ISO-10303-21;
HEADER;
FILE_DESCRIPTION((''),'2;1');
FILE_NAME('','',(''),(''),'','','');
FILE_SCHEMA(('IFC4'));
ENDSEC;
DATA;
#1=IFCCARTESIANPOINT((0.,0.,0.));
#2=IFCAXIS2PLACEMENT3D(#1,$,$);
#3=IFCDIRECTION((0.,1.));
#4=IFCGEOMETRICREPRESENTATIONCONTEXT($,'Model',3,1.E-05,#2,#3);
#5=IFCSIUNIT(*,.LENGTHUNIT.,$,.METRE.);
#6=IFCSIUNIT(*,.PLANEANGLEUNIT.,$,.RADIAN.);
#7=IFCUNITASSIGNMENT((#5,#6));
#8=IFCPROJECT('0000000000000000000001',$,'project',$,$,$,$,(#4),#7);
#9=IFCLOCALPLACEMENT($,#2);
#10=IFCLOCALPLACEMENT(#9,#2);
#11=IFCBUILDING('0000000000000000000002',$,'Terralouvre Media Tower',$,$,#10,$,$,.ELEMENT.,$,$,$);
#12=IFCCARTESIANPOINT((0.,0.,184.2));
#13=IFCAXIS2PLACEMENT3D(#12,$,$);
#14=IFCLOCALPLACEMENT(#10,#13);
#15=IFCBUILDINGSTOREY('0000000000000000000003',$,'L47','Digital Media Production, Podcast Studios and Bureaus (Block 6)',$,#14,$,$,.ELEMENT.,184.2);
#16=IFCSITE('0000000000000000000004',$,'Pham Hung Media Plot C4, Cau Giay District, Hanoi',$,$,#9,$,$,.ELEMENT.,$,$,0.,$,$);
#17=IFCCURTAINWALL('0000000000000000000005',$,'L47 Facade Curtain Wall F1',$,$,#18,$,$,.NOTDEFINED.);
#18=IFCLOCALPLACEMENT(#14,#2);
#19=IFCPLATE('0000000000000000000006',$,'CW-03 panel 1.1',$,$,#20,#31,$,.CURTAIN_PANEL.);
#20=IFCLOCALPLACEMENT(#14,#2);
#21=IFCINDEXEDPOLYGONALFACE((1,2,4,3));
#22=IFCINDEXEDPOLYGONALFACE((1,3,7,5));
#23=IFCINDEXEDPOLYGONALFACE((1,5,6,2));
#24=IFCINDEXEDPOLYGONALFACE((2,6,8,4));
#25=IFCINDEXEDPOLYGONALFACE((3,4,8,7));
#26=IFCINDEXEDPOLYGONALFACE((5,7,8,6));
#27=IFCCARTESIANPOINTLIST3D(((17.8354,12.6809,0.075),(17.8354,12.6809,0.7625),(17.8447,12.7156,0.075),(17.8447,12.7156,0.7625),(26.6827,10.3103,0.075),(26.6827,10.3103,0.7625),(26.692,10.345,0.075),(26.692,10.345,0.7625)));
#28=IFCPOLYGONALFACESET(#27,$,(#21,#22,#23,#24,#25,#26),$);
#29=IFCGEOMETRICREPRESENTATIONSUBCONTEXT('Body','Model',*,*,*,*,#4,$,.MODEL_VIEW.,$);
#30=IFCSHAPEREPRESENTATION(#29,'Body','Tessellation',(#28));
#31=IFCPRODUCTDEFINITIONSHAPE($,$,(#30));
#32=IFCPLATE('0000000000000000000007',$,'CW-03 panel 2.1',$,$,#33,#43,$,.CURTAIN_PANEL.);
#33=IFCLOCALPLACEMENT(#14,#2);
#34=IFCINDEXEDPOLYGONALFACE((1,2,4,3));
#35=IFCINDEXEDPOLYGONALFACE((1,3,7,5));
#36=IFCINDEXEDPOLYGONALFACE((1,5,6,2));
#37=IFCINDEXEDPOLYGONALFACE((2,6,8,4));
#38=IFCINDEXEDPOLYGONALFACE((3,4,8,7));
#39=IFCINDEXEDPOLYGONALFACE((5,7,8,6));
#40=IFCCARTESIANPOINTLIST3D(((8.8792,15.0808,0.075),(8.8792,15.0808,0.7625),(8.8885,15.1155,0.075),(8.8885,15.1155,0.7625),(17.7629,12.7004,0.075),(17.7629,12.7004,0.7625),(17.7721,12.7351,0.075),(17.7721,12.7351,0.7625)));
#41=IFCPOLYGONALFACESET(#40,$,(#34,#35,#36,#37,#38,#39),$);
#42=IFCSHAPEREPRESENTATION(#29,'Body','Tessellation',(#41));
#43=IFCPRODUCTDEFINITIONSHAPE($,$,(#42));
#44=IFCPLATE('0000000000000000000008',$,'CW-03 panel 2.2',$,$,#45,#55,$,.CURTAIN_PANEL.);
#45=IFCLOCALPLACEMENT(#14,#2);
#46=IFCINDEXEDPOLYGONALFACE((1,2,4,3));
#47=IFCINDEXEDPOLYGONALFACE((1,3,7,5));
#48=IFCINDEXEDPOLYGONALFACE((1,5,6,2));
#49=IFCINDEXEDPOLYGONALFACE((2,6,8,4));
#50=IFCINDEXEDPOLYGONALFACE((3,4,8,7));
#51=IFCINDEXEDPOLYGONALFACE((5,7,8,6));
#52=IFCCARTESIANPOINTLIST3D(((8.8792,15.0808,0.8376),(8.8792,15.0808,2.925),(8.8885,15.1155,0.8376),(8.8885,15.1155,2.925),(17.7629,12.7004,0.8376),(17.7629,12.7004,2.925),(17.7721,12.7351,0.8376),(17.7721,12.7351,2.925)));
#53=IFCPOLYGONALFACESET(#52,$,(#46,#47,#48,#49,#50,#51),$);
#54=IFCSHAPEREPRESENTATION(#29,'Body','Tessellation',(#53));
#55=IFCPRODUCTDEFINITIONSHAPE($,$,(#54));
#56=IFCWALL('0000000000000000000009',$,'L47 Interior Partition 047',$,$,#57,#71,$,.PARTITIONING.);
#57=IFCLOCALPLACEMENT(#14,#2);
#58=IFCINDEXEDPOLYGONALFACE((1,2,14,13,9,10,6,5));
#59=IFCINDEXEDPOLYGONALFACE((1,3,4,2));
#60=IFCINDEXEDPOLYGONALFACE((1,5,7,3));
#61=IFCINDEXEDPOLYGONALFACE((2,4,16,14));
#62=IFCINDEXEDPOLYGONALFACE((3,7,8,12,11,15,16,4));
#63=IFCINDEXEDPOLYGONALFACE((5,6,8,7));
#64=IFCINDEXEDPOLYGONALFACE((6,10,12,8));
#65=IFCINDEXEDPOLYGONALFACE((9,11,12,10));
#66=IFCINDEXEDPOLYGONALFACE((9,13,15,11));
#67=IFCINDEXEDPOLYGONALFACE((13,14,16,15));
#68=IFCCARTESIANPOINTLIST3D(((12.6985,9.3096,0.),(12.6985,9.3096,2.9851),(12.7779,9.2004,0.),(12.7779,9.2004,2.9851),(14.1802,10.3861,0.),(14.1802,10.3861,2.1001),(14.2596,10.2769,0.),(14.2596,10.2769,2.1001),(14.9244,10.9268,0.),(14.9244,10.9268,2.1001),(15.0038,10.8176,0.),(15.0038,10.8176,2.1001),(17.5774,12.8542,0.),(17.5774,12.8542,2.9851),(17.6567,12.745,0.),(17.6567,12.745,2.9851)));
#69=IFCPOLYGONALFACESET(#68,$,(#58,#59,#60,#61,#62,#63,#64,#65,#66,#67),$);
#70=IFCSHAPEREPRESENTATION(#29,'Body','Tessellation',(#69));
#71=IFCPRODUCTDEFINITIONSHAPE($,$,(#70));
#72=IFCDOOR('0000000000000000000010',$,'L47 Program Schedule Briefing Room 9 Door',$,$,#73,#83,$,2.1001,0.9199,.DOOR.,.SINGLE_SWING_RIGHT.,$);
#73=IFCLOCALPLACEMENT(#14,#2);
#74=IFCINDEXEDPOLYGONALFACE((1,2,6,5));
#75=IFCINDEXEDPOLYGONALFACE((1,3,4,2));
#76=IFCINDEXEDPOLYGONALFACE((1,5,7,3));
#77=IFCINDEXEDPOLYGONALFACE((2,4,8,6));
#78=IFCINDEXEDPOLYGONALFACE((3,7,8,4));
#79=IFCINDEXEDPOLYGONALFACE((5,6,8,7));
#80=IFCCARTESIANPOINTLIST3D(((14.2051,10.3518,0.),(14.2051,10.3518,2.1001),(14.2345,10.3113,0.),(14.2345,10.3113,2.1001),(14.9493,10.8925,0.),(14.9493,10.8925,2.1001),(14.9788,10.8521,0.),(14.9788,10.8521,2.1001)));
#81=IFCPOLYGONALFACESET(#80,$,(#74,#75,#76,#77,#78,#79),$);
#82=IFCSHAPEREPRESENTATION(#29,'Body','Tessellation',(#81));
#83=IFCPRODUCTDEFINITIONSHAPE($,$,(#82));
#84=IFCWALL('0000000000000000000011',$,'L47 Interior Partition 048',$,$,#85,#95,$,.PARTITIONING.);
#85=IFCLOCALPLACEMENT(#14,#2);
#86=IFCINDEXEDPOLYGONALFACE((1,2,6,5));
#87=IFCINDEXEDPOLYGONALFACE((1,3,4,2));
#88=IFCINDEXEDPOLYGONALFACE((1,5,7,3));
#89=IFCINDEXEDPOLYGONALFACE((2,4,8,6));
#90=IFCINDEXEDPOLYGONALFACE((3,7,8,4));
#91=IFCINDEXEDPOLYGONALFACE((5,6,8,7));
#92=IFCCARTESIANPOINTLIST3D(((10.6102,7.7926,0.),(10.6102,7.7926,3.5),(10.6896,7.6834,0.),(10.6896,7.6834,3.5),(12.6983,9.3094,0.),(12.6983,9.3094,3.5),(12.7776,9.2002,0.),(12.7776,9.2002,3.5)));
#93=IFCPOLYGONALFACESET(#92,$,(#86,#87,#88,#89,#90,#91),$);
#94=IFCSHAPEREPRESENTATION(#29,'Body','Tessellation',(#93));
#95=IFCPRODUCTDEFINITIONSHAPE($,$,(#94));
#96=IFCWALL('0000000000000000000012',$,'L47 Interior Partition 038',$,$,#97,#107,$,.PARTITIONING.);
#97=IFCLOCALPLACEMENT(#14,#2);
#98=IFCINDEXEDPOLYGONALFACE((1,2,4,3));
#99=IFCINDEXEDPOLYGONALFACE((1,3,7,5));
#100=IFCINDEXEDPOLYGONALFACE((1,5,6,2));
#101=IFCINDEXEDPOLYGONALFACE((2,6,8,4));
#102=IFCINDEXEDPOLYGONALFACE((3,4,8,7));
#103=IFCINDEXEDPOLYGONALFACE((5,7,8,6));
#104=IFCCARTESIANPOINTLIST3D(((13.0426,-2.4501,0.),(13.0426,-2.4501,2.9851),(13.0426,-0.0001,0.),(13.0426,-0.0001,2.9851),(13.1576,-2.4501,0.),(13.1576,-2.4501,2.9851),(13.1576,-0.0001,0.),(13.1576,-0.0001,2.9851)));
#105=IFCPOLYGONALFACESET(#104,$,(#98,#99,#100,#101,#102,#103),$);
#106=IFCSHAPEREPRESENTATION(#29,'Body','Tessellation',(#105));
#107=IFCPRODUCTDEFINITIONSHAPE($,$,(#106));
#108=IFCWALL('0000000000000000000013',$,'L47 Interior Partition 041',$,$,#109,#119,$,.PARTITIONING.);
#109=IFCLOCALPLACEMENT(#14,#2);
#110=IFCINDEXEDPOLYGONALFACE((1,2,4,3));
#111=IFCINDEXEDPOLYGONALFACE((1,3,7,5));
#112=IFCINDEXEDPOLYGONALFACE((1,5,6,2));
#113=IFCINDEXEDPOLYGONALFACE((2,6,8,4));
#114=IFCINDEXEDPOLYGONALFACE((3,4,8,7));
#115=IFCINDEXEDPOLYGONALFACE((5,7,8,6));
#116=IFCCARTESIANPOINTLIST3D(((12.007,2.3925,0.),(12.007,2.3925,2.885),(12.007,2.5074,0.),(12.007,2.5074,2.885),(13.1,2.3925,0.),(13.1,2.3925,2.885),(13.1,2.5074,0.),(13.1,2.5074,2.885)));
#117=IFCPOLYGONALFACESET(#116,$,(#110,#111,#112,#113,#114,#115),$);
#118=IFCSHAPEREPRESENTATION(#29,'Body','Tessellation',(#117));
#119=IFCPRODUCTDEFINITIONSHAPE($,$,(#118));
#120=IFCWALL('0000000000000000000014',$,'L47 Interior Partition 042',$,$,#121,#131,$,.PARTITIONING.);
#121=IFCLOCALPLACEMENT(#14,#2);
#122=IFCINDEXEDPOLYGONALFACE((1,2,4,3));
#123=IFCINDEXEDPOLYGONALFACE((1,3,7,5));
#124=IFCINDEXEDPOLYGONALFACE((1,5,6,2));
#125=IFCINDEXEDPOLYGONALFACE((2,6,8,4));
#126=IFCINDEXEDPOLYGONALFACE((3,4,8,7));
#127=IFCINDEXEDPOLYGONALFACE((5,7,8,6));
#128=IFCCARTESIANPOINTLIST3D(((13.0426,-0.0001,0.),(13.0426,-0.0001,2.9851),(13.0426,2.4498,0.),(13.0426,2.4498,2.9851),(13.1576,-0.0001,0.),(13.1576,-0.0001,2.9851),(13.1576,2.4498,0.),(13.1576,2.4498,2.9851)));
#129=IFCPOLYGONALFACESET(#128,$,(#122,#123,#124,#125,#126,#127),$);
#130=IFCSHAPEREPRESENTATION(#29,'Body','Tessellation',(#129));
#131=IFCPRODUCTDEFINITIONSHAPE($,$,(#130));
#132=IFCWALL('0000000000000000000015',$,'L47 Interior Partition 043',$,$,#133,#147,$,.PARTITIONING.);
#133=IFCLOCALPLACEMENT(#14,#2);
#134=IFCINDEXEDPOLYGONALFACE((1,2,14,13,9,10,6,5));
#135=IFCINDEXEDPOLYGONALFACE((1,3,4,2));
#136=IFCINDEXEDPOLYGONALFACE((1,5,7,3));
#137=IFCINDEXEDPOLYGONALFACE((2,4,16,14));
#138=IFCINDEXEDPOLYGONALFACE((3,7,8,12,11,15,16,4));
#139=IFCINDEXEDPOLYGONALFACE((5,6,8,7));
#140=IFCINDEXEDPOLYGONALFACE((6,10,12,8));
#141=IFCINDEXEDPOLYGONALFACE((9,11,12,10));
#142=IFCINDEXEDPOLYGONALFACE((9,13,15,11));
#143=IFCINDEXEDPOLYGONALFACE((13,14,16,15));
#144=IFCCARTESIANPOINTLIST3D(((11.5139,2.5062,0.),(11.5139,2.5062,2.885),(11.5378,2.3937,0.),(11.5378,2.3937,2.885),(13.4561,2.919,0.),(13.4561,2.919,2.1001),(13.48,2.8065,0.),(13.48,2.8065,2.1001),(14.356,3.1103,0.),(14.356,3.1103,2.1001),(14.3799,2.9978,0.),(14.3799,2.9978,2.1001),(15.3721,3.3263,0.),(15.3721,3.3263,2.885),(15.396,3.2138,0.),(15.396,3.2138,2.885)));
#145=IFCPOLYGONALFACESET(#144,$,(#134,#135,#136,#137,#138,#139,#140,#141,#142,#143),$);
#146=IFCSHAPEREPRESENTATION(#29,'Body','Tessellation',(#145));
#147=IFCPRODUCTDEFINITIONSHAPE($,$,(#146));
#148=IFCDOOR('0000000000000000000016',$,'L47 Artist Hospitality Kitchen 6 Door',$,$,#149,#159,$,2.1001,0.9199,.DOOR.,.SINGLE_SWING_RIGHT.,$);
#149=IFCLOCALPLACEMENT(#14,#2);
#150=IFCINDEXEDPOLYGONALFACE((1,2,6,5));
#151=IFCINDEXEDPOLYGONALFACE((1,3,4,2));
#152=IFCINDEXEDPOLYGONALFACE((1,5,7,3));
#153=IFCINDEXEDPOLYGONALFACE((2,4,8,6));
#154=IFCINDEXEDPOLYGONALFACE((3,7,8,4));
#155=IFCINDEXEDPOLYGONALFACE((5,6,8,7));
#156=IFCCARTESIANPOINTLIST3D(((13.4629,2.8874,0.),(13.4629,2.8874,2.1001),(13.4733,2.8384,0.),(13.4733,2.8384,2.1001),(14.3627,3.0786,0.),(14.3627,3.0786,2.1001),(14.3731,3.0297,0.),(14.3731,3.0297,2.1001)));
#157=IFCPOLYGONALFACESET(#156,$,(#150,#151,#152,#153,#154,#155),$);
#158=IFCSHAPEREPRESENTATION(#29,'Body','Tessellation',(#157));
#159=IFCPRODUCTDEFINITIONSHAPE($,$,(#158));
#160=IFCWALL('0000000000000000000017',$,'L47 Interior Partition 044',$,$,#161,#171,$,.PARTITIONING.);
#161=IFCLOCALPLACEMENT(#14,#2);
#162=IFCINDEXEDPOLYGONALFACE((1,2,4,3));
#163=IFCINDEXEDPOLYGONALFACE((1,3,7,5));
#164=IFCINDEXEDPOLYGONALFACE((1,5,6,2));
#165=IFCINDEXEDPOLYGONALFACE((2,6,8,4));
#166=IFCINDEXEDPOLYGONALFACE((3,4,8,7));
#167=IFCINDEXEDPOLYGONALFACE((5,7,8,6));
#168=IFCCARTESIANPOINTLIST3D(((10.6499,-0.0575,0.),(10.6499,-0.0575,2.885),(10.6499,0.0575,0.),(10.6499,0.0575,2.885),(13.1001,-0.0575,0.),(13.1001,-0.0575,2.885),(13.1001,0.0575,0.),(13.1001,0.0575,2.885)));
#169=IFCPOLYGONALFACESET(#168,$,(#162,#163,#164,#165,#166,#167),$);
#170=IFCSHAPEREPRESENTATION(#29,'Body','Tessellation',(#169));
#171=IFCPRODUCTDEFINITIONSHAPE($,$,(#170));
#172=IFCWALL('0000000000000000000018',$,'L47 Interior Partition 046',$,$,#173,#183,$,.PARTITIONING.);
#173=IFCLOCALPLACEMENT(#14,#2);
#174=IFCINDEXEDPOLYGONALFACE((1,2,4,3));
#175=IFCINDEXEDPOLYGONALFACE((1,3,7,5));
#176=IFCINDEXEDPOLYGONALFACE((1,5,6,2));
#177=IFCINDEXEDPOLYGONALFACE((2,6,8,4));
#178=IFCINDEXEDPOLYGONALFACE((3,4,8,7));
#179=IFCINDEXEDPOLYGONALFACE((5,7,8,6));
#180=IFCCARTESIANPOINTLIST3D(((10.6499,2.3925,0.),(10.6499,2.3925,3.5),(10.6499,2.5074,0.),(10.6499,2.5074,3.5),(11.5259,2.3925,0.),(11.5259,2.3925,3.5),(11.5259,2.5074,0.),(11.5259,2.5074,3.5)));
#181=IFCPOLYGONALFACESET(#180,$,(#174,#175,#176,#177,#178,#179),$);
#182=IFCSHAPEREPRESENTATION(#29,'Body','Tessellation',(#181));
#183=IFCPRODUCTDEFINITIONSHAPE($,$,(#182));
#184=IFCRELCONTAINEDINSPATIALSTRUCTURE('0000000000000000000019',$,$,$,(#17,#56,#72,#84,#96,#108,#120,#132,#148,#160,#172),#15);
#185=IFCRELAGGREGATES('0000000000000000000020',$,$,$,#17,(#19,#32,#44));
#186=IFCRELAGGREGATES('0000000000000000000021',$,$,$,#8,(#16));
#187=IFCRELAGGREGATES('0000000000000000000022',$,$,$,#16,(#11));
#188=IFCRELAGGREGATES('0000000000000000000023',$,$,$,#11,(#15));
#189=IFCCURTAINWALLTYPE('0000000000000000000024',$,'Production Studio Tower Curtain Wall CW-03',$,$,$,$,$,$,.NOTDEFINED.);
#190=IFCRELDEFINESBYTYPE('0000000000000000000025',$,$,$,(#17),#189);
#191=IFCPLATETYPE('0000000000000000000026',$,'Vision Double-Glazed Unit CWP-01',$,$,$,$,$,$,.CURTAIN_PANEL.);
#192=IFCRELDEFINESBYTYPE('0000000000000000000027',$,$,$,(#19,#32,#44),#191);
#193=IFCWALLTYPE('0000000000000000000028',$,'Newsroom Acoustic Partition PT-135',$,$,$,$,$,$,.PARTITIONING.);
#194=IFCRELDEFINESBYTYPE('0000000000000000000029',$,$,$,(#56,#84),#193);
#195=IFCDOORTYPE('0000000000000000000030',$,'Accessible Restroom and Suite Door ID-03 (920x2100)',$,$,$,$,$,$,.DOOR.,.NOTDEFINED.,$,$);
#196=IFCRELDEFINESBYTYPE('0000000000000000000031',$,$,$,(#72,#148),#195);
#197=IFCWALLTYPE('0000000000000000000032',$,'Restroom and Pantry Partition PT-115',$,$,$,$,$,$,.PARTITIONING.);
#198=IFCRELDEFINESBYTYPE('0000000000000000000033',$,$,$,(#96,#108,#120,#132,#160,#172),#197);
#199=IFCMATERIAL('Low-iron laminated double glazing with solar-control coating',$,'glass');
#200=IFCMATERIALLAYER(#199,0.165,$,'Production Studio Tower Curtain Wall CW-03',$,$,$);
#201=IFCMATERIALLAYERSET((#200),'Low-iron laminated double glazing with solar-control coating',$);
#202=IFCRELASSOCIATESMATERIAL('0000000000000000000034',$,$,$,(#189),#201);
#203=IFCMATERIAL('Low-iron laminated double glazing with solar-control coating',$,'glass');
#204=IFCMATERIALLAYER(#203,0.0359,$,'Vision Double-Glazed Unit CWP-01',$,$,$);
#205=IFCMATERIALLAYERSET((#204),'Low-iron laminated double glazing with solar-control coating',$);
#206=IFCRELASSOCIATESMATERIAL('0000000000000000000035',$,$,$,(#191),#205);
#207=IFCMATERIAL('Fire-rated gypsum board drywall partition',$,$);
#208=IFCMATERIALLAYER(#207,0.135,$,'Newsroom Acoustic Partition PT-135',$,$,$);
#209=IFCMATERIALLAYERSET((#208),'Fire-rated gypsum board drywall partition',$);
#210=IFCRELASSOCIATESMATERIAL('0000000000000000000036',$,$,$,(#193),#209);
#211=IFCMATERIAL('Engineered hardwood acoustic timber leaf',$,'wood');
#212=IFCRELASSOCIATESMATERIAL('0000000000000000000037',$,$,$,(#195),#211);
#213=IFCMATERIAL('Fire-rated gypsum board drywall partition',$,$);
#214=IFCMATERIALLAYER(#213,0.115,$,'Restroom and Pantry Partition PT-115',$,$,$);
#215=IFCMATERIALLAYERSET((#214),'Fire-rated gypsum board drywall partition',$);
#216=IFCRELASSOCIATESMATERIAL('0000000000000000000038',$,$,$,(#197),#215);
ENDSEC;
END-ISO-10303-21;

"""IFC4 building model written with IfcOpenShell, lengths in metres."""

from ifc_helpers import new_model, si_unit, direction, frame, frame_2d, origin, origin_2d, place, context, subcontext, project, spatial, rectangle, extrude, material, layer, layer_set, type_object, element, fill, aggregate, save


model = new_model("IFC4")

# Units and contexts
model_context = context("Model", 3, precision=1e-05, world=origin(), true_north=direction((0.0, 1.0)))
body_context = subcontext(model_context, "Body", "Model", "MODEL_VIEW")
ifc_project = project(units=[si_unit("LENGTHUNIT", "METRE"), si_unit("PLANEANGLEUNIT", "RADIAN")], contexts=[model_context])

# Site, building, storey
site_placement = place(None, origin())
site = spatial("IfcSite", under=ifc_project, at=site_placement, Name="Pham Hung Media Plot C4, Cau Giay District, Hanoi", CompositionType="ELEMENT", RefElevation=0.0)
building_placement = place(site_placement, origin())
building = spatial("IfcBuilding", under=site, at=building_placement, Name="Terralouvre Media Tower", CompositionType="ELEMENT")
storey_placement = place(building_placement, frame((0.0, 0.0, 184.2)))
storey = spatial("IfcBuildingStorey", under=building, at=storey_placement, Name="L47", Description="Digital Media Production, Podcast Studios and Bureaus (Block 6)", CompositionType="ELEMENT", Elevation=184.2)

# Curtain wall
ifc_material_1 = material(Name="Low-iron laminated double glazing with solar-control coating", Category="glass")
ifc_layer_1 = layer(ifc_material_1, 0.165, Name="Production Studio Tower Curtain Wall CW-03")
ifc_layer_set_1 = layer_set([ifc_layer_1], Name="Low-iron laminated double glazing with solar-control coating")
curtain_wall_type = type_object("IfcCurtainWallType", Name="Production Studio Tower Curtain Wall CW-03", PredefinedType="NOTDEFINED", material=ifc_layer_set_1)
curtain_wall_placement = place(storey_placement, origin())
curtain_wall = element("IfcCurtainWall", 1, at=curtain_wall_placement, inside=storey, type_object=curtain_wall_type, Name="L47 Facade Curtain Wall F1", PredefinedType="NOTDEFINED")

# Plates
ifc_material_2 = material(Name="Low-iron laminated double glazing with solar-control coating", Category="glass")
ifc_layer_2 = layer(ifc_material_2, 0.0359, Name="Vision Double-Glazed Unit CWP-01")
ifc_layer_set_2 = layer_set([ifc_layer_2], Name="Low-iron laminated double glazing with solar-control coating")
plate_type = type_object("IfcPlateType", Name="Vision Double-Glazed Unit CWP-01", PredefinedType="CURTAIN_PANEL", material=ifc_layer_set_2)
plate_1_placement = place(storey_placement, frame((22.2637, 11.5129, 0.075), z_axis=(0.0, 0.0, 1.0), x_axis=(-0.965926, 0.258819, 0.0)))
plate_1 = element("IfcPlate", 2, at=plate_1_placement, type_object=plate_type, Name="CW-03 panel 1.1", PredefinedType="CURTAIN_PANEL", context=body_context, shape_type="SweptSolid", body=[
    extrude(rectangle(XDim=9.1594, YDim=0.0359, at=origin_2d()), origin(), (0.0, 0.0, 1.0), 0.6875),
])
plate_2_placement = place(storey_placement, frame((13.3257, 13.908, 0.075), z_axis=(0.0, 0.0, 1.0), x_axis=(-0.965926, 0.258819, 0.0)))
plate_2 = element("IfcPlate", 3, at=plate_2_placement, type_object=plate_type, Name="CW-03 panel 2.1", PredefinedType="CURTAIN_PANEL", context=body_context, shape_type="SweptSolid", body=[
    extrude(rectangle(XDim=9.197, YDim=0.0359, at=origin_2d()), origin(), (0.0, 0.0, 1.0), 0.6875),
])
plate_3_placement = place(storey_placement, frame((13.3257, 13.908, 0.8376), z_axis=(0.0, 0.0, 1.0), x_axis=(-0.965926, 0.258819, 0.0)))
plate_3 = element("IfcPlate", 4, at=plate_3_placement, type_object=plate_type, Name="CW-03 panel 2.2", PredefinedType="CURTAIN_PANEL", context=body_context, shape_type="SweptSolid", body=[
    extrude(rectangle(XDim=9.197, YDim=0.0359, at=origin_2d()), origin(), (0.0, 0.0, 1.0), 2.0874),
])
aggregate(curtain_wall, [plate_1, plate_2, plate_3])

# Wall, opening, door
ifc_material_3 = material(Name="Fire-rated gypsum board drywall partition")
ifc_layer_3 = layer(ifc_material_3, 0.135, Name="Newsroom Acoustic Partition PT-135")
ifc_layer_set_3 = layer_set([ifc_layer_3], Name="Fire-rated gypsum board drywall partition")
wall_type_1 = type_object("IfcWallType", Name="Newsroom Acoustic Partition PT-135", PredefinedType="PARTITIONING", material=ifc_layer_set_3)
wall_1_placement = place(storey_placement, frame((17.6169, 12.7996, 0.0), z_axis=(0.0, 0.0, 1.0), x_axis=(-0.809021, -0.587779, 0.0)))
wall_1 = element("IfcWall", 5, at=wall_1_placement, inside=storey, type_object=wall_type_1, Name="L47 Interior Partition 047", PredefinedType="PARTITIONING", context=body_context, shape_type="SweptSolid", body=[
    extrude(rectangle(XDim=6.0305, YDim=0.135, at=frame_2d((3.0151, 0.0))), origin(), (0.0, 0.0, 1.0), 2.9851),
])
opening_1_placement = place(wall_1_placement, frame((3.2791, 0.0, 0.0)))
opening_1 = element("IfcOpeningElement", 6, at=opening_1_placement, cuts=wall_1, PredefinedType="OPENING", context=body_context, shape_type="SweptSolid", body=[
    extrude(rectangle(XDim=0.9199, YDim=2.1001, at=frame_2d((0.46, 1.05))), frame((0.0, 0.0774, 0.0), z_axis=(0.0, -1.0, 0.0), x_axis=(1.0, 0.0, 0.0)), (0.0, 0.0, 1.0), 0.155),
])
ifc_material_4 = material(Name="Engineered hardwood acoustic timber leaf", Category="wood")
door_type = type_object("IfcDoorType", Name="Accessible Restroom and Suite Door ID-03 (920x2100)", OperationType="NOTDEFINED", PredefinedType="DOOR", material=ifc_material_4)
door_1_placement = place(opening_1_placement, origin())
door_1 = element("IfcDoor", 7, at=door_1_placement, inside=storey, type_object=door_type, Name="L47 Program Schedule Briefing Room 9 Door", OperationType="SINGLE_SWING_RIGHT", OverallHeight=2.1001, OverallWidth=0.9199, PredefinedType="DOOR", context=body_context, shape_type="SweptSolid", body=[
    extrude(rectangle(XDim=0.9199, YDim=2.1001, at=frame_2d((0.46, 1.05))), frame((0.0, 0.0249, 0.0), z_axis=(0.0, -1.0, 0.0), x_axis=(1.0, 0.0, 0.0)), (0.0, 0.0, 1.0), 0.05),
])
fill(opening_1, door_1)

# Walls
wall_2_placement = place(storey_placement, frame((12.738, 9.2549, 0.0), z_axis=(0.0, 0.0, 1.0), x_axis=(-0.809067, -0.587716, 0.0)))
element("IfcWall", 8, at=wall_2_placement, inside=storey, type_object=wall_type_1, Name="L47 Interior Partition 048", PredefinedType="PARTITIONING", context=body_context, shape_type="SweptSolid", body=[
    extrude(rectangle(XDim=2.5808, YDim=0.135, at=frame_2d((1.2905, 0.0))), origin(), (0.0, 0.0, 1.0), 3.5),
])
ifc_material_5 = material(Name="Fire-rated gypsum board drywall partition")
ifc_layer_4 = layer(ifc_material_5, 0.115, Name="Restroom and Pantry Partition PT-115")
ifc_layer_set_4 = layer_set([ifc_layer_4], Name="Fire-rated gypsum board drywall partition")
wall_type_2 = type_object("IfcWallType", Name="Restroom and Pantry Partition PT-115", PredefinedType="PARTITIONING", material=ifc_layer_set_4)
wall_3_placement = place(storey_placement, frame((13.1001, 0.0, 0.0), z_axis=(0.0, 0.0, 1.0), x_axis=(0.0, -1.0, 0.0)))
element("IfcWall", 9, at=wall_3_placement, inside=storey, type_object=wall_type_2, Name="L47 Interior Partition 038", PredefinedType="PARTITIONING", context=body_context, shape_type="SweptSolid", body=[
    extrude(rectangle(XDim=2.45, YDim=0.115, at=frame_2d((1.2251, 0.0))), origin(), (0.0, 0.0, 1.0), 2.9851),
])
wall_4_placement = place(storey_placement, frame((12.0071, 2.45, 0.0), z_axis=(0.0, 0.0, 1.0), x_axis=(1.0, 0.0, 0.0)))
element("IfcWall", 10, at=wall_4_placement, inside=storey, type_object=wall_type_2, Name="L47 Interior Partition 041", PredefinedType="PARTITIONING", context=body_context, shape_type="SweptSolid", body=[
    extrude(rectangle(XDim=1.093, YDim=0.115, at=frame_2d((0.5464, 0.0))), origin(), (0.0, 0.0, 1.0), 2.885),
])
wall_5_placement = place(storey_placement, frame((13.1001, 2.45, 0.0), z_axis=(0.0, 0.0, 1.0), x_axis=(0.0, -1.0, 0.0)))
element("IfcWall", 11, at=wall_5_placement, inside=storey, type_object=wall_type_2, Name="L47 Interior Partition 042", PredefinedType="PARTITIONING", context=body_context, shape_type="SweptSolid", body=[
    extrude(rectangle(XDim=2.45, YDim=0.115, at=frame_2d((1.2251, 0.0))), origin(), (0.0, 0.0, 1.0), 2.9851),
])

# Wall, opening, door
wall_6_placement = place(storey_placement, frame((15.384, 3.27, 0.0), z_axis=(0.0, 0.0, 1.0), x_axis=(-0.978148, -0.20791, 0.0)))
wall_6 = element("IfcWall", 12, at=wall_6_placement, inside=storey, type_object=wall_type_2, Name="L47 Interior Partition 043", PredefinedType="PARTITIONING", context=body_context, shape_type="SweptSolid", body=[
    extrude(rectangle(XDim=3.9443, YDim=0.115, at=frame_2d((1.9722, 0.0))), origin(), (0.0, 0.0, 1.0), 2.885),
])
opening_2_placement = place(wall_6_placement, frame((1.0388, 0.0, 0.0)))
opening_2 = element("IfcOpeningElement", 13, at=opening_2_placement, cuts=wall_6, PredefinedType="OPENING", context=body_context, shape_type="SweptSolid", body=[
    extrude(rectangle(XDim=0.9199, YDim=2.1001, at=frame_2d((0.46, 1.05))), frame((0.0, 0.0674, 0.0), z_axis=(0.0, -1.0, 0.0), x_axis=(1.0, 0.0, 0.0)), (0.0, 0.0, 1.0), 0.135),
])
door_2_placement = place(opening_2_placement, origin())
door_2 = element("IfcDoor", 14, at=door_2_placement, inside=storey, type_object=door_type, Name="L47 Artist Hospitality Kitchen 6 Door", OperationType="SINGLE_SWING_RIGHT", OverallHeight=2.1001, OverallWidth=0.9199, PredefinedType="DOOR", context=body_context, shape_type="SweptSolid", body=[
    extrude(rectangle(XDim=0.9199, YDim=2.1001, at=frame_2d((0.46, 1.05))), frame((0.0, 0.0249, 0.0), z_axis=(0.0, -1.0, 0.0), x_axis=(1.0, 0.0, 0.0)), (0.0, 0.0, 1.0), 0.05),
])
fill(opening_2, door_2)

# Walls
wall_7_placement = place(storey_placement, frame((13.1001, 0.0, 0.0), z_axis=(0.0, 0.0, 1.0), x_axis=(-1.0, 0.0, 0.0)))
element("IfcWall", 15, at=wall_7_placement, inside=storey, type_object=wall_type_2, Name="L47 Interior Partition 044", PredefinedType="PARTITIONING", context=body_context, shape_type="SweptSolid", body=[
    extrude(rectangle(XDim=2.4502, YDim=0.115, at=frame_2d((1.2251, 0.0))), origin(), (0.0, 0.0, 1.0), 2.885),
])
wall_8_placement = place(storey_placement, frame((11.5259, 2.45, 0.0), z_axis=(0.0, 0.0, 1.0), x_axis=(-1.0, 0.0, 0.0)))
element("IfcWall", 16, at=wall_8_placement, inside=storey, type_object=wall_type_2, Name="L47 Interior Partition 046", PredefinedType="PARTITIONING", context=body_context, shape_type="SweptSolid", body=[
    extrude(rectangle(XDim=0.876, YDim=0.115, at=frame_2d((0.438, 0.0))), origin(), (0.0, 0.0, 1.0), 3.5),
])

save(model, "model.ifc")
